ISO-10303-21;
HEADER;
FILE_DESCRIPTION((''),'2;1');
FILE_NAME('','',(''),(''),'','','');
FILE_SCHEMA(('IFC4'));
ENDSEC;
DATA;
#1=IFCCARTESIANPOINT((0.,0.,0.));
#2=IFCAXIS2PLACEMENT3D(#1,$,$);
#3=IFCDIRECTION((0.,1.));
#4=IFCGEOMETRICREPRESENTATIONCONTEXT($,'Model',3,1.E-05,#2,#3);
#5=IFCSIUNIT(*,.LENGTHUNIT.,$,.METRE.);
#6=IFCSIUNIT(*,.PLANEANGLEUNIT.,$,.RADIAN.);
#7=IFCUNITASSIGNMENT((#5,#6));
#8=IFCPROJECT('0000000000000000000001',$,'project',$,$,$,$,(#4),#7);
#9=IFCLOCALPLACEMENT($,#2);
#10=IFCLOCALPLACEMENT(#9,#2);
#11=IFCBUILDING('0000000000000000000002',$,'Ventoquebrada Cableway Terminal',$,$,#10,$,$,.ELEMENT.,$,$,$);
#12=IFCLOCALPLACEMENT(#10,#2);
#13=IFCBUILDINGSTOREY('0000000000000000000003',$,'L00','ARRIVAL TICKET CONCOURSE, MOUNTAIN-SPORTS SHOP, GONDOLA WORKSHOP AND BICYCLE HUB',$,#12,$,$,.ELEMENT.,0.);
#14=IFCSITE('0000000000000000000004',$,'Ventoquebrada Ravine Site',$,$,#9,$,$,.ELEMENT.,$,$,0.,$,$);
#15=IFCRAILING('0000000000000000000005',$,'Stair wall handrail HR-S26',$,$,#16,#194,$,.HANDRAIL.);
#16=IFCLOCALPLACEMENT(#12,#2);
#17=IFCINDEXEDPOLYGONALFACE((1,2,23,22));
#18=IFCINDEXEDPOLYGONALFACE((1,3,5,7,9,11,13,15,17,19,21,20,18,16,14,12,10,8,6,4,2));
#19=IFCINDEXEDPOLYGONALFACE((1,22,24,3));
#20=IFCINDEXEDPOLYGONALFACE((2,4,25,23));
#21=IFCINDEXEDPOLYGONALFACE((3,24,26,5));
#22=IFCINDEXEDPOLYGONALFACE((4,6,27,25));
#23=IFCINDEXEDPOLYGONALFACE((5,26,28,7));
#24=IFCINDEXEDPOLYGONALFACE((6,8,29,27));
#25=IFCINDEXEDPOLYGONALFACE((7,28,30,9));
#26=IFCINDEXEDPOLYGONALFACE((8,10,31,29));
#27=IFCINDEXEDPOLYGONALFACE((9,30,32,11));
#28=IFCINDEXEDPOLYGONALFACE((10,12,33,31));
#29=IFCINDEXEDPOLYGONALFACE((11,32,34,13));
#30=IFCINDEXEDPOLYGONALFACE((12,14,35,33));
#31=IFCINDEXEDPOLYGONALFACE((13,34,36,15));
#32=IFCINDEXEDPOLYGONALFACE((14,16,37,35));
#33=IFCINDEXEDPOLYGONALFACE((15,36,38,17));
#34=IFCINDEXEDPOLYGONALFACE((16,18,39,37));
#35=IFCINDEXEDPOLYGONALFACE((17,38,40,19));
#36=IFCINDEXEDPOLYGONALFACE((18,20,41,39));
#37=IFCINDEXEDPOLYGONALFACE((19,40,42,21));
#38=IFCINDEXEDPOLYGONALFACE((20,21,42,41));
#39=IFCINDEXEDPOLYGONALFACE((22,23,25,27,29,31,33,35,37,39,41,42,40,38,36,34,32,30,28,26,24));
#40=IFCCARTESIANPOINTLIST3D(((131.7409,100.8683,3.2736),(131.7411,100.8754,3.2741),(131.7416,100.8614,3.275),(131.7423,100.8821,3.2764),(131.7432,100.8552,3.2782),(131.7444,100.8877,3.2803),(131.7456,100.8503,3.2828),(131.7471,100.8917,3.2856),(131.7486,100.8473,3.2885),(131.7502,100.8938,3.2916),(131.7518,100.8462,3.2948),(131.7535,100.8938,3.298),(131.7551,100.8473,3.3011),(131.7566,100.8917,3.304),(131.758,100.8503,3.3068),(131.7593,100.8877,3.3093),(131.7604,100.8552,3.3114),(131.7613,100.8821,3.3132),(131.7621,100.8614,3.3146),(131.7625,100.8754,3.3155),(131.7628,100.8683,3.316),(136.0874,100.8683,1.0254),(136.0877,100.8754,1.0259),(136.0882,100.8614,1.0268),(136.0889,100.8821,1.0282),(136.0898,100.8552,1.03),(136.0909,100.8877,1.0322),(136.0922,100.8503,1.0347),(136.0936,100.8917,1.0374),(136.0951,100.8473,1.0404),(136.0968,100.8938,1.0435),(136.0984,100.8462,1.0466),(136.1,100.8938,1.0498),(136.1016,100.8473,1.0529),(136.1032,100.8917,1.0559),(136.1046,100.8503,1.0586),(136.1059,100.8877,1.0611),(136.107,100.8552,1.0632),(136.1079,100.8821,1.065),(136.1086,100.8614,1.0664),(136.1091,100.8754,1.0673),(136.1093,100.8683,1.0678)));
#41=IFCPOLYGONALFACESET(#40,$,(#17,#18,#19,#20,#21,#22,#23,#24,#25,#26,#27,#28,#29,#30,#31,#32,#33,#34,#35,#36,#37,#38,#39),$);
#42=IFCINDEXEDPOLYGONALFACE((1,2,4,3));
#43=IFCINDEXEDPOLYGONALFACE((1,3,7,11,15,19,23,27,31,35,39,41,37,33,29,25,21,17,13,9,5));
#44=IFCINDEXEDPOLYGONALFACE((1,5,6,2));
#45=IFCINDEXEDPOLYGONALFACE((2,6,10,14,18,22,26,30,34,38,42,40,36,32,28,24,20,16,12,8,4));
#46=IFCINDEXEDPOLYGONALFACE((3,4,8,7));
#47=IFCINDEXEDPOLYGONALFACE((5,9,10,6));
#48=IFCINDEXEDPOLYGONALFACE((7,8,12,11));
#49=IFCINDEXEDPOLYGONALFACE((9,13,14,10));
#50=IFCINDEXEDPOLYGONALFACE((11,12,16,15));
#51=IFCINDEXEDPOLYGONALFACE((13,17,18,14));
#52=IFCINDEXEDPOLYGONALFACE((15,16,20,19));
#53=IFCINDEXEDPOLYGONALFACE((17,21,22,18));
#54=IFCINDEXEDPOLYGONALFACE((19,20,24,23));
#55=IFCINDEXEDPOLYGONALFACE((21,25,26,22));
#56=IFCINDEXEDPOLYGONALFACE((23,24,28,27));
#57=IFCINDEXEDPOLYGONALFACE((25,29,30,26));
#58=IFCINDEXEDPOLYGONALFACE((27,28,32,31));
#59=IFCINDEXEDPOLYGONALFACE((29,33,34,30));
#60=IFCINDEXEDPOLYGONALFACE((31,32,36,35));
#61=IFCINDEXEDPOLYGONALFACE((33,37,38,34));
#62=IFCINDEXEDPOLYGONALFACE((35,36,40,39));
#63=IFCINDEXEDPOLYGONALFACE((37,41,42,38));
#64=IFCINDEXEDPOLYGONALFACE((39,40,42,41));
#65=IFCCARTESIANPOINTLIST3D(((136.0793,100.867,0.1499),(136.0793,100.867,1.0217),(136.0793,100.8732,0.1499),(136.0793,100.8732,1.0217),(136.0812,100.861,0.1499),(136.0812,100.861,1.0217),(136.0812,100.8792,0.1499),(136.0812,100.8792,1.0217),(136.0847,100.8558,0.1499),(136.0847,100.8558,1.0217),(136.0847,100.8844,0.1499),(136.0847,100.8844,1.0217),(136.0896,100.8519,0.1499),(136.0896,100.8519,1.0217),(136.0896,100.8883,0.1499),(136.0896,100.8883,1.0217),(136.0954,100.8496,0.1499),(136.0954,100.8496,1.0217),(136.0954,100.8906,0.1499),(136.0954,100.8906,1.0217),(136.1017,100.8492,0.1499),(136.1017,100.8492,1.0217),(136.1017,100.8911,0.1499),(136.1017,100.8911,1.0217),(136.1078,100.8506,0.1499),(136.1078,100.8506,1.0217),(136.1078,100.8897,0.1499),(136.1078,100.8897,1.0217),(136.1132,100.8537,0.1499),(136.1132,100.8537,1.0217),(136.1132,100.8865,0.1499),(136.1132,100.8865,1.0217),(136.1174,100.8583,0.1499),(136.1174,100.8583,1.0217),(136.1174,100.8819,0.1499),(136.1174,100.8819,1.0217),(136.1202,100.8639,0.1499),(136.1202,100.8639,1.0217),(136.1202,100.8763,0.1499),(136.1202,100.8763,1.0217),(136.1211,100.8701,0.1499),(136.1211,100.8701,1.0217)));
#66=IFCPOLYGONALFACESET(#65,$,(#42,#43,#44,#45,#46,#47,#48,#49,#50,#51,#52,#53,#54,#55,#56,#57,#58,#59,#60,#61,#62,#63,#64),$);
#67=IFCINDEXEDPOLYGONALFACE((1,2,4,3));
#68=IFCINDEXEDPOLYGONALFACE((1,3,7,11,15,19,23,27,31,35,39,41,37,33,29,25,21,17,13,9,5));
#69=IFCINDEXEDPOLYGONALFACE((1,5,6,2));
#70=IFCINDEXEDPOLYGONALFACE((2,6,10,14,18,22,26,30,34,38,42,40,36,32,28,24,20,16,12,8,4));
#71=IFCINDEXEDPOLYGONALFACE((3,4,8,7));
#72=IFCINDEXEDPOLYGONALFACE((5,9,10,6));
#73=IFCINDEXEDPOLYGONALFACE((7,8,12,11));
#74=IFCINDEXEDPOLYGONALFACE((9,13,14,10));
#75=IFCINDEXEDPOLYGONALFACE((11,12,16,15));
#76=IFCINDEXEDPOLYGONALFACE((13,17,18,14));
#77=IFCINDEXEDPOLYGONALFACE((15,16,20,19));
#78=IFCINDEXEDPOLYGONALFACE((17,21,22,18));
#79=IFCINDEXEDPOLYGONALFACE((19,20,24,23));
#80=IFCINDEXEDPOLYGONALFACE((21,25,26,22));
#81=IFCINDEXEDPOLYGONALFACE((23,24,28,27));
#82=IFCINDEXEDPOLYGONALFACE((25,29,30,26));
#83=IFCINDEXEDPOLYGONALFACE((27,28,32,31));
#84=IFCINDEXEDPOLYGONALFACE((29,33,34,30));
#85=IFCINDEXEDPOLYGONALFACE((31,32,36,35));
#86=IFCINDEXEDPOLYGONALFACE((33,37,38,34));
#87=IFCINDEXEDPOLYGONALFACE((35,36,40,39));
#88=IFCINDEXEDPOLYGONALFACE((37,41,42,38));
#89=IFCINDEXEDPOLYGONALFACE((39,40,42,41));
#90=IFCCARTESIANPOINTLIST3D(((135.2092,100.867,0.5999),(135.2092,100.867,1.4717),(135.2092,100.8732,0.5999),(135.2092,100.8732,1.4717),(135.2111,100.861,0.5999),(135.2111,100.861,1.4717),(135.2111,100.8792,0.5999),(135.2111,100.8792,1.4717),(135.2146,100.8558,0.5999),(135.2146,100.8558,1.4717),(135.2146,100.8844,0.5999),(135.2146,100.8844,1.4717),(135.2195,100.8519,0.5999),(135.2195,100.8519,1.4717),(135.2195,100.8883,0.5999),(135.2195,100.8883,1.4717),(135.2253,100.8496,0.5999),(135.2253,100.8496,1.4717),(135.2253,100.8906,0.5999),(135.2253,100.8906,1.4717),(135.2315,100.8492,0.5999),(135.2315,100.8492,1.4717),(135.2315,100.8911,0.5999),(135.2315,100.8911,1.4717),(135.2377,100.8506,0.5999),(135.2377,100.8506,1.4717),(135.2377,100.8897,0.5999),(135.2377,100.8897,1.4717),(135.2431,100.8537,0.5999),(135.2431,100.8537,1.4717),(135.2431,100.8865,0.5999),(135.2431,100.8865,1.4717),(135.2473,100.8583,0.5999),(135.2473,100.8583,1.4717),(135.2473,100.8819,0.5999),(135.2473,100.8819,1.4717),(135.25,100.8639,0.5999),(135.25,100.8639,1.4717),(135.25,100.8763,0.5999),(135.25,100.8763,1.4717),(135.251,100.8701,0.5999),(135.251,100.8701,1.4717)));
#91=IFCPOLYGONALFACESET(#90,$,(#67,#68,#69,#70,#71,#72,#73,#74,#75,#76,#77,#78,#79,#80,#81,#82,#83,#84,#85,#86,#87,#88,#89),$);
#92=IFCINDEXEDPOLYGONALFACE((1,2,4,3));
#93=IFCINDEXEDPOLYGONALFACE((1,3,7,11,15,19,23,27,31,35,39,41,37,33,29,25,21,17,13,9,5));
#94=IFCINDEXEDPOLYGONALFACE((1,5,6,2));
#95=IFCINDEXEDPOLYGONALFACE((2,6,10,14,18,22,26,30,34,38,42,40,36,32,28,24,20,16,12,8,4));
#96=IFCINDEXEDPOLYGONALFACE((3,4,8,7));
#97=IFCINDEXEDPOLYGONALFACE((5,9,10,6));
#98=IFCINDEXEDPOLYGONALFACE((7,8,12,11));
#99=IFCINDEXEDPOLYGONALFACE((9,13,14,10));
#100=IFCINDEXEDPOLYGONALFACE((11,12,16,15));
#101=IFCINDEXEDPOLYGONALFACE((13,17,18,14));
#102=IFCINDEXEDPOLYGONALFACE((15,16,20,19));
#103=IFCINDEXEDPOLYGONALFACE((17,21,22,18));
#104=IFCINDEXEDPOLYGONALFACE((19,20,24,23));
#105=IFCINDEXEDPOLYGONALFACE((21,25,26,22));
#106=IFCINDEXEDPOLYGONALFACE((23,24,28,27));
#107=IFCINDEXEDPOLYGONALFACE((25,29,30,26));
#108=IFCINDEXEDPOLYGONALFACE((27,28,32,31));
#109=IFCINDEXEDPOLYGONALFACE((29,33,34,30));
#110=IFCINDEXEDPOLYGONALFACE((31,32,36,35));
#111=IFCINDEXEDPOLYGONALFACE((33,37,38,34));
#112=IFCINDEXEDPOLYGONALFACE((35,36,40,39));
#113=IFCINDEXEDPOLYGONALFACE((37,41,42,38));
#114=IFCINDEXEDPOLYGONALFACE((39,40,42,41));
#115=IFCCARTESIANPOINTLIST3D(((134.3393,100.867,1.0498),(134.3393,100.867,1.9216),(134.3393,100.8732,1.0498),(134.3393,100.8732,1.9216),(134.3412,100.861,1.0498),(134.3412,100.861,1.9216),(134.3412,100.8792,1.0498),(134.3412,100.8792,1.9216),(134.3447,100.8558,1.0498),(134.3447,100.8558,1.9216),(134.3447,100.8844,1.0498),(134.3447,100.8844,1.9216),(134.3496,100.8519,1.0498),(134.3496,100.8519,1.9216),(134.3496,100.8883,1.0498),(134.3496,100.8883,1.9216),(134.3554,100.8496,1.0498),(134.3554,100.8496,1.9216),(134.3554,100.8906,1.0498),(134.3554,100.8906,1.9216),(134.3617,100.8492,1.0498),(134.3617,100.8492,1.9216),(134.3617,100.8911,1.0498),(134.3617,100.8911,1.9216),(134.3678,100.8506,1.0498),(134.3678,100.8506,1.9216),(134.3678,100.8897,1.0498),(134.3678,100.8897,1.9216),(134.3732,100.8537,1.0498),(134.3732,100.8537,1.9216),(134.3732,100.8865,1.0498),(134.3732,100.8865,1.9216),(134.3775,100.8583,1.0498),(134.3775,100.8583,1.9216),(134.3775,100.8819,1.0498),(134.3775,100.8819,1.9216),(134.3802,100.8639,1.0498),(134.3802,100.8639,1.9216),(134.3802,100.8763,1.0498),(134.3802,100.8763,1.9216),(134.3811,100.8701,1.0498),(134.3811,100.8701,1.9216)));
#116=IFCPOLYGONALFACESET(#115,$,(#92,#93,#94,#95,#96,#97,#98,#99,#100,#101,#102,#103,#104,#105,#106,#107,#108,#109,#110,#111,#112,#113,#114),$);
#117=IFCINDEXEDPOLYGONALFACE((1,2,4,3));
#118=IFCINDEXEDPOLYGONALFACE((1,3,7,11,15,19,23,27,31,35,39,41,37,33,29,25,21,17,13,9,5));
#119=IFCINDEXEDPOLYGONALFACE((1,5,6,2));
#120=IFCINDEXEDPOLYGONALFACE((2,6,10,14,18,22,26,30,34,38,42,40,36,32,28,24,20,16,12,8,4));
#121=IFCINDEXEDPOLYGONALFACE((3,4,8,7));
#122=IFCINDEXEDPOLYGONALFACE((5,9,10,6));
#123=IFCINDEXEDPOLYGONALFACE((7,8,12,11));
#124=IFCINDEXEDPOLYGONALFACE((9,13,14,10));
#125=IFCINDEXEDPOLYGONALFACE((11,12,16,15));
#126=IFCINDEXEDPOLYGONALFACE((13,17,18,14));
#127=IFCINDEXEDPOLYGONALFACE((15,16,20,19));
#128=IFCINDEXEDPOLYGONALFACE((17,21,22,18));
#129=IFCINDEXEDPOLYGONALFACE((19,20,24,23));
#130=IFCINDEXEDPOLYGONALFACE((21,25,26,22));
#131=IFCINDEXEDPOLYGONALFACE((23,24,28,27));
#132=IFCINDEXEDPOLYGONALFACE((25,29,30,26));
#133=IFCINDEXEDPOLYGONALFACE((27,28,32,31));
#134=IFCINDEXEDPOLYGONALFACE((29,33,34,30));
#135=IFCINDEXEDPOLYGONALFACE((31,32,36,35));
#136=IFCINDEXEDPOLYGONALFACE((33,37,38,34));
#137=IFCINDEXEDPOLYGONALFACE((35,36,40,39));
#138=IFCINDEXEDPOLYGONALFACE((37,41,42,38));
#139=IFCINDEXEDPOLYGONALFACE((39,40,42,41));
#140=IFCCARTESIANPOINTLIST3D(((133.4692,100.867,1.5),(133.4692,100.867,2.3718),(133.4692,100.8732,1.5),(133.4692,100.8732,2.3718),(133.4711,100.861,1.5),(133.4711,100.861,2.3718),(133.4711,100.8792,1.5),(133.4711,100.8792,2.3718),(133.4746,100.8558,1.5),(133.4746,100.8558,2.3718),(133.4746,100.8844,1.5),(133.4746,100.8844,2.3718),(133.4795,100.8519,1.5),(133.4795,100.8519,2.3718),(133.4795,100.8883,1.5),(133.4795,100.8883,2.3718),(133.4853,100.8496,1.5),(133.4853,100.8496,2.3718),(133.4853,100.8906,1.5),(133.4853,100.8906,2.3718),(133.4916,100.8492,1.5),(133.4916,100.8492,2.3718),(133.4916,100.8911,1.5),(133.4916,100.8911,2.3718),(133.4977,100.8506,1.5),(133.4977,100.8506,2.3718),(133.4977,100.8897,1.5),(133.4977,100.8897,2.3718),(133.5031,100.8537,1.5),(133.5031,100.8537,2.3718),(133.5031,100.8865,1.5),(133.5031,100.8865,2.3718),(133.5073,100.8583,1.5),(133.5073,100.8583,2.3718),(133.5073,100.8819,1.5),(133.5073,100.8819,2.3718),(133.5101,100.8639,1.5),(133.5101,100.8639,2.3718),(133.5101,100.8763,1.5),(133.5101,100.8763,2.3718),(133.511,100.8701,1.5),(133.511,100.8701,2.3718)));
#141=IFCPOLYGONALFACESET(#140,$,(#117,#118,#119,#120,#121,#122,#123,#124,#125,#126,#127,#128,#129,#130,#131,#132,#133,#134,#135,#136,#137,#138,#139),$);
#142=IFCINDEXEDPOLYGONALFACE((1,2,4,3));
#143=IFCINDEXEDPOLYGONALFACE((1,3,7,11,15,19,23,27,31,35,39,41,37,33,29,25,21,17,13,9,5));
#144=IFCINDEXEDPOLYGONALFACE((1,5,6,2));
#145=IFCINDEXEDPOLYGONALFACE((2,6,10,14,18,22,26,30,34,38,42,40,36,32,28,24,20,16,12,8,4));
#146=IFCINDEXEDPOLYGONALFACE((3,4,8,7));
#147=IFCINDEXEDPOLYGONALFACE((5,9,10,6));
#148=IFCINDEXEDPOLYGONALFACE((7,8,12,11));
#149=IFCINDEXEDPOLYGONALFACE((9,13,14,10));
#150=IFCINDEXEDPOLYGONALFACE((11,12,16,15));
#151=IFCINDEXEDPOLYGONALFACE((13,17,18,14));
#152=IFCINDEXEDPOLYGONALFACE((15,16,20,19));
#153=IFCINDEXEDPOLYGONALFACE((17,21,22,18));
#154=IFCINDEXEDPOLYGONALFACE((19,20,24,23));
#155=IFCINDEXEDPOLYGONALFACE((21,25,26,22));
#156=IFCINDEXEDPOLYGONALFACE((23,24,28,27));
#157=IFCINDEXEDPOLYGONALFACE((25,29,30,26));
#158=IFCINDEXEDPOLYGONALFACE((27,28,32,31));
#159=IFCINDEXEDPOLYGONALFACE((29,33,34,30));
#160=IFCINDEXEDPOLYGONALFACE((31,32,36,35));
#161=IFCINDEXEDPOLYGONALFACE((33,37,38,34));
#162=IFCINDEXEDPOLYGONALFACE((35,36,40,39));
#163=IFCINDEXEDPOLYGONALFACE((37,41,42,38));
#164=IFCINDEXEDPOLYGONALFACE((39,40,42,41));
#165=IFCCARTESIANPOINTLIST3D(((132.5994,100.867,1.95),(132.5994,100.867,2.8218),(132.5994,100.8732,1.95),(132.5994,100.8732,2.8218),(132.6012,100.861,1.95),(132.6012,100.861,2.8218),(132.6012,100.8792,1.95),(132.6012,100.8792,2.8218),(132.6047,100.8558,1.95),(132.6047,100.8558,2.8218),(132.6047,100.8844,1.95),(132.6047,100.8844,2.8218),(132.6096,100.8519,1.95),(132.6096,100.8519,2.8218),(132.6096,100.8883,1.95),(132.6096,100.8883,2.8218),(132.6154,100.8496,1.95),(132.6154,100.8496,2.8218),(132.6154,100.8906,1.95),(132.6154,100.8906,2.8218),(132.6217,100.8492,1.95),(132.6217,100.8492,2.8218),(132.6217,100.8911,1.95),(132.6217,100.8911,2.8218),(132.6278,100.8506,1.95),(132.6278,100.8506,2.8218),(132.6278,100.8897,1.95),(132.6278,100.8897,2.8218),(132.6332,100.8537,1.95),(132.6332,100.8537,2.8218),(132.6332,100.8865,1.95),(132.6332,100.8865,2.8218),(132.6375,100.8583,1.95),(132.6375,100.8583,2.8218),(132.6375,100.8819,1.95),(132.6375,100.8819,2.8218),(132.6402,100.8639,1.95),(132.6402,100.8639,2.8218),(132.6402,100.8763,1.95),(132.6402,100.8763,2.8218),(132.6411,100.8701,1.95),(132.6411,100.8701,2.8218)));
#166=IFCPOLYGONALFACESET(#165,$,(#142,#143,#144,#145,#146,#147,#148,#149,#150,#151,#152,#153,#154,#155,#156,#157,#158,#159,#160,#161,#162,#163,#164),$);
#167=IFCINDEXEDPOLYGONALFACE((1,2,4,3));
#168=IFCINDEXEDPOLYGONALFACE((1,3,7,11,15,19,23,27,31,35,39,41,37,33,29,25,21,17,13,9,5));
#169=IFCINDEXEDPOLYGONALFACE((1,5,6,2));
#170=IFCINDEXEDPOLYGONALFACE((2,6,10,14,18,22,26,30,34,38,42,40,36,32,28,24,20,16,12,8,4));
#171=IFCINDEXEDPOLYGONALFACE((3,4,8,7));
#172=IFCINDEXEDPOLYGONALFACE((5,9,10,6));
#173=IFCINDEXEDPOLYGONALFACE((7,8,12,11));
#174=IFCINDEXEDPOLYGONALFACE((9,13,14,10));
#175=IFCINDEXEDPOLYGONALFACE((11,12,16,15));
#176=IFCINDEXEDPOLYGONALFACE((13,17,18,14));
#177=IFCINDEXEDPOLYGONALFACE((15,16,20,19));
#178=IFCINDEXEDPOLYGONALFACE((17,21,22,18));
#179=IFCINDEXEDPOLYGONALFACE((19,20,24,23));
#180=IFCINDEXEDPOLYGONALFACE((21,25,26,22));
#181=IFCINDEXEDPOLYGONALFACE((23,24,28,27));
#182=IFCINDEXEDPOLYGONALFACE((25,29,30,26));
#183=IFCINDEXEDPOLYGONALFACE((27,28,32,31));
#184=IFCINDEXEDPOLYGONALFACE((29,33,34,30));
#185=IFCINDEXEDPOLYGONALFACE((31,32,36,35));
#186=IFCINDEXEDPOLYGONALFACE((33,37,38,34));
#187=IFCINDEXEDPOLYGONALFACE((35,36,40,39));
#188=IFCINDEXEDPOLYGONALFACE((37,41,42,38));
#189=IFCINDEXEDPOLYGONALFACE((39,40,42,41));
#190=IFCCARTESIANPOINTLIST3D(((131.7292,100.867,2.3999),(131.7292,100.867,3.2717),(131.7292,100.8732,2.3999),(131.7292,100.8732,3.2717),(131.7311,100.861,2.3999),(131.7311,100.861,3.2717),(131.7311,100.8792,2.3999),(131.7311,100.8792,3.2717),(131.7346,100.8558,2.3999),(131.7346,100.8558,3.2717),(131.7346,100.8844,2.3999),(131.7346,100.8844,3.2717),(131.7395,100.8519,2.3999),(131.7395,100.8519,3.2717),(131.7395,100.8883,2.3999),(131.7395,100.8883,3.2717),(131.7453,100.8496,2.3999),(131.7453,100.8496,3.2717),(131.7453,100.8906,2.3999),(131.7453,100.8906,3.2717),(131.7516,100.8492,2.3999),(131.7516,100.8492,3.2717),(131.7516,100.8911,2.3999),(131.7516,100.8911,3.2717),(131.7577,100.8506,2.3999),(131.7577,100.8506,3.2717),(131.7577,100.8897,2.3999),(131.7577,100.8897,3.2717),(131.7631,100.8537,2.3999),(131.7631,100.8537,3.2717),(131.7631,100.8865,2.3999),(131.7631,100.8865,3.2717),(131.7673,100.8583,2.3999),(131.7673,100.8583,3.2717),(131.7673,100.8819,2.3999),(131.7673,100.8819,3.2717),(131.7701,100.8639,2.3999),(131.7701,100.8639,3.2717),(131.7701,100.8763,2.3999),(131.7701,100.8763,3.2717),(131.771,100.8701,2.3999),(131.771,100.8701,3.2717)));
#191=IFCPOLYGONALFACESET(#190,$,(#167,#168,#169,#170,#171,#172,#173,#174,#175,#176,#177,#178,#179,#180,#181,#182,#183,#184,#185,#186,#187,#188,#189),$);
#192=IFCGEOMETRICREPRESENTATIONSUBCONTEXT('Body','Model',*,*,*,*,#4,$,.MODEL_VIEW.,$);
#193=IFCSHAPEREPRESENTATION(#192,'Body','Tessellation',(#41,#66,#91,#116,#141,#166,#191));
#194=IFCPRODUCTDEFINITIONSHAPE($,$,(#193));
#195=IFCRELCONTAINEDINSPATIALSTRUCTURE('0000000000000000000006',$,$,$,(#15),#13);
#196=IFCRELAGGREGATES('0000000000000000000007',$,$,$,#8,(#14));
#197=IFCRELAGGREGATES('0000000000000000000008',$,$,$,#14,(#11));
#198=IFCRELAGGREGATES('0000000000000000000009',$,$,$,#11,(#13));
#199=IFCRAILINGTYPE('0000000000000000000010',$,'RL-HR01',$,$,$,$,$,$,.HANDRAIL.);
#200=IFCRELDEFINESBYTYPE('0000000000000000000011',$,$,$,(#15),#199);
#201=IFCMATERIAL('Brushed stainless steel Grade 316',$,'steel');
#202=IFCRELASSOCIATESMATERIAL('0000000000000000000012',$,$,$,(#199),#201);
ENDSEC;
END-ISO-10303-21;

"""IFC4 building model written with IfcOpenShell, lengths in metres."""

from ifc_helpers import new_model, si_unit, direction, frame, origin, origin_2d, place, context, subcontext, project, spatial, circle, extrude, material, type_object, element, save


model = new_model("IFC4")

# Units and contexts
model_context = context("Model", 3, precision=1e-05, world=origin(), true_north=direction((0.0, 1.0)))
body_context = subcontext(model_context, "Body", "Model", "MODEL_VIEW")
ifc_project = project(units=[si_unit("LENGTHUNIT", "METRE"), si_unit("PLANEANGLEUNIT", "RADIAN")], contexts=[model_context])

# Site, building, storey
site_placement = place(None, origin())
site = spatial("IfcSite", under=ifc_project, at=site_placement, Name="Ventoquebrada Ravine Site", CompositionType="ELEMENT", RefElevation=0.0)
building_placement = place(site_placement, origin())
building = spatial("IfcBuilding", under=site, at=building_placement, Name="Ventoquebrada Cableway Terminal", CompositionType="ELEMENT")
storey_placement = place(building_placement, origin())
storey = spatial("IfcBuildingStorey", under=building, at=storey_placement, Name="L00", Description="ARRIVAL TICKET CONCOURSE, MOUNTAIN-SPORTS SHOP, GONDOLA WORKSHOP AND BICYCLE HUB", CompositionType="ELEMENT", Elevation=0.0)

# Shared definitions
ifc_material_1 = material(Name="Brushed stainless steel Grade 316", Category="steel")

# Railing
railing_type_1 = type_object("IfcRailingType", Name="RL-HR01", PredefinedType="HANDRAIL", material=ifc_material_1)
railing_1_placement = place(storey_placement, frame((136.1001, 100.8701, 0.1499)))
element("IfcRailing", 1, at=railing_1_placement, inside=storey, type_object=railing_type_1, Name="Stair wall handrail HR-S26", PredefinedType="HANDRAIL", context=body_context, shape_type="SweptSolid", body=[
    extrude(circle(Radius=0.0239, at=origin_2d()), frame((-0.0017, 0.0, 0.8967), z_axis=(-0.888222, 0.0, 0.459415), x_axis=(0.0, -1.0, 0.0)), (0.0, 0.0, 1.0), 4.8936),
    extrude(circle(Radius=0.021, at=origin_2d()), origin(), (0.0, 0.0, 1.0), 0.8718),
    extrude(circle(Radius=0.021, at=origin_2d()), frame((-0.8701, 0.0, 0.45)), (0.0, 0.0, 1.0), 0.8718),
    extrude(circle(Radius=0.021, at=origin_2d()), frame((-1.74, 0.0, 0.8999)), (0.0, 0.0, 1.0), 0.8718),
    extrude(circle(Radius=0.021, at=origin_2d()), frame((-2.6101, 0.0, 1.3501)), (0.0, 0.0, 1.0), 0.8718),
    extrude(circle(Radius=0.021, at=origin_2d()), frame((-3.48, 0.0, 1.8)), (0.0, 0.0, 1.0), 0.8718),
    extrude(circle(Radius=0.021, at=origin_2d()), frame((-4.3501, 0.0, 2.25)), (0.0, 0.0, 1.0), 0.8718),
])

save(model, "model.ifc")
